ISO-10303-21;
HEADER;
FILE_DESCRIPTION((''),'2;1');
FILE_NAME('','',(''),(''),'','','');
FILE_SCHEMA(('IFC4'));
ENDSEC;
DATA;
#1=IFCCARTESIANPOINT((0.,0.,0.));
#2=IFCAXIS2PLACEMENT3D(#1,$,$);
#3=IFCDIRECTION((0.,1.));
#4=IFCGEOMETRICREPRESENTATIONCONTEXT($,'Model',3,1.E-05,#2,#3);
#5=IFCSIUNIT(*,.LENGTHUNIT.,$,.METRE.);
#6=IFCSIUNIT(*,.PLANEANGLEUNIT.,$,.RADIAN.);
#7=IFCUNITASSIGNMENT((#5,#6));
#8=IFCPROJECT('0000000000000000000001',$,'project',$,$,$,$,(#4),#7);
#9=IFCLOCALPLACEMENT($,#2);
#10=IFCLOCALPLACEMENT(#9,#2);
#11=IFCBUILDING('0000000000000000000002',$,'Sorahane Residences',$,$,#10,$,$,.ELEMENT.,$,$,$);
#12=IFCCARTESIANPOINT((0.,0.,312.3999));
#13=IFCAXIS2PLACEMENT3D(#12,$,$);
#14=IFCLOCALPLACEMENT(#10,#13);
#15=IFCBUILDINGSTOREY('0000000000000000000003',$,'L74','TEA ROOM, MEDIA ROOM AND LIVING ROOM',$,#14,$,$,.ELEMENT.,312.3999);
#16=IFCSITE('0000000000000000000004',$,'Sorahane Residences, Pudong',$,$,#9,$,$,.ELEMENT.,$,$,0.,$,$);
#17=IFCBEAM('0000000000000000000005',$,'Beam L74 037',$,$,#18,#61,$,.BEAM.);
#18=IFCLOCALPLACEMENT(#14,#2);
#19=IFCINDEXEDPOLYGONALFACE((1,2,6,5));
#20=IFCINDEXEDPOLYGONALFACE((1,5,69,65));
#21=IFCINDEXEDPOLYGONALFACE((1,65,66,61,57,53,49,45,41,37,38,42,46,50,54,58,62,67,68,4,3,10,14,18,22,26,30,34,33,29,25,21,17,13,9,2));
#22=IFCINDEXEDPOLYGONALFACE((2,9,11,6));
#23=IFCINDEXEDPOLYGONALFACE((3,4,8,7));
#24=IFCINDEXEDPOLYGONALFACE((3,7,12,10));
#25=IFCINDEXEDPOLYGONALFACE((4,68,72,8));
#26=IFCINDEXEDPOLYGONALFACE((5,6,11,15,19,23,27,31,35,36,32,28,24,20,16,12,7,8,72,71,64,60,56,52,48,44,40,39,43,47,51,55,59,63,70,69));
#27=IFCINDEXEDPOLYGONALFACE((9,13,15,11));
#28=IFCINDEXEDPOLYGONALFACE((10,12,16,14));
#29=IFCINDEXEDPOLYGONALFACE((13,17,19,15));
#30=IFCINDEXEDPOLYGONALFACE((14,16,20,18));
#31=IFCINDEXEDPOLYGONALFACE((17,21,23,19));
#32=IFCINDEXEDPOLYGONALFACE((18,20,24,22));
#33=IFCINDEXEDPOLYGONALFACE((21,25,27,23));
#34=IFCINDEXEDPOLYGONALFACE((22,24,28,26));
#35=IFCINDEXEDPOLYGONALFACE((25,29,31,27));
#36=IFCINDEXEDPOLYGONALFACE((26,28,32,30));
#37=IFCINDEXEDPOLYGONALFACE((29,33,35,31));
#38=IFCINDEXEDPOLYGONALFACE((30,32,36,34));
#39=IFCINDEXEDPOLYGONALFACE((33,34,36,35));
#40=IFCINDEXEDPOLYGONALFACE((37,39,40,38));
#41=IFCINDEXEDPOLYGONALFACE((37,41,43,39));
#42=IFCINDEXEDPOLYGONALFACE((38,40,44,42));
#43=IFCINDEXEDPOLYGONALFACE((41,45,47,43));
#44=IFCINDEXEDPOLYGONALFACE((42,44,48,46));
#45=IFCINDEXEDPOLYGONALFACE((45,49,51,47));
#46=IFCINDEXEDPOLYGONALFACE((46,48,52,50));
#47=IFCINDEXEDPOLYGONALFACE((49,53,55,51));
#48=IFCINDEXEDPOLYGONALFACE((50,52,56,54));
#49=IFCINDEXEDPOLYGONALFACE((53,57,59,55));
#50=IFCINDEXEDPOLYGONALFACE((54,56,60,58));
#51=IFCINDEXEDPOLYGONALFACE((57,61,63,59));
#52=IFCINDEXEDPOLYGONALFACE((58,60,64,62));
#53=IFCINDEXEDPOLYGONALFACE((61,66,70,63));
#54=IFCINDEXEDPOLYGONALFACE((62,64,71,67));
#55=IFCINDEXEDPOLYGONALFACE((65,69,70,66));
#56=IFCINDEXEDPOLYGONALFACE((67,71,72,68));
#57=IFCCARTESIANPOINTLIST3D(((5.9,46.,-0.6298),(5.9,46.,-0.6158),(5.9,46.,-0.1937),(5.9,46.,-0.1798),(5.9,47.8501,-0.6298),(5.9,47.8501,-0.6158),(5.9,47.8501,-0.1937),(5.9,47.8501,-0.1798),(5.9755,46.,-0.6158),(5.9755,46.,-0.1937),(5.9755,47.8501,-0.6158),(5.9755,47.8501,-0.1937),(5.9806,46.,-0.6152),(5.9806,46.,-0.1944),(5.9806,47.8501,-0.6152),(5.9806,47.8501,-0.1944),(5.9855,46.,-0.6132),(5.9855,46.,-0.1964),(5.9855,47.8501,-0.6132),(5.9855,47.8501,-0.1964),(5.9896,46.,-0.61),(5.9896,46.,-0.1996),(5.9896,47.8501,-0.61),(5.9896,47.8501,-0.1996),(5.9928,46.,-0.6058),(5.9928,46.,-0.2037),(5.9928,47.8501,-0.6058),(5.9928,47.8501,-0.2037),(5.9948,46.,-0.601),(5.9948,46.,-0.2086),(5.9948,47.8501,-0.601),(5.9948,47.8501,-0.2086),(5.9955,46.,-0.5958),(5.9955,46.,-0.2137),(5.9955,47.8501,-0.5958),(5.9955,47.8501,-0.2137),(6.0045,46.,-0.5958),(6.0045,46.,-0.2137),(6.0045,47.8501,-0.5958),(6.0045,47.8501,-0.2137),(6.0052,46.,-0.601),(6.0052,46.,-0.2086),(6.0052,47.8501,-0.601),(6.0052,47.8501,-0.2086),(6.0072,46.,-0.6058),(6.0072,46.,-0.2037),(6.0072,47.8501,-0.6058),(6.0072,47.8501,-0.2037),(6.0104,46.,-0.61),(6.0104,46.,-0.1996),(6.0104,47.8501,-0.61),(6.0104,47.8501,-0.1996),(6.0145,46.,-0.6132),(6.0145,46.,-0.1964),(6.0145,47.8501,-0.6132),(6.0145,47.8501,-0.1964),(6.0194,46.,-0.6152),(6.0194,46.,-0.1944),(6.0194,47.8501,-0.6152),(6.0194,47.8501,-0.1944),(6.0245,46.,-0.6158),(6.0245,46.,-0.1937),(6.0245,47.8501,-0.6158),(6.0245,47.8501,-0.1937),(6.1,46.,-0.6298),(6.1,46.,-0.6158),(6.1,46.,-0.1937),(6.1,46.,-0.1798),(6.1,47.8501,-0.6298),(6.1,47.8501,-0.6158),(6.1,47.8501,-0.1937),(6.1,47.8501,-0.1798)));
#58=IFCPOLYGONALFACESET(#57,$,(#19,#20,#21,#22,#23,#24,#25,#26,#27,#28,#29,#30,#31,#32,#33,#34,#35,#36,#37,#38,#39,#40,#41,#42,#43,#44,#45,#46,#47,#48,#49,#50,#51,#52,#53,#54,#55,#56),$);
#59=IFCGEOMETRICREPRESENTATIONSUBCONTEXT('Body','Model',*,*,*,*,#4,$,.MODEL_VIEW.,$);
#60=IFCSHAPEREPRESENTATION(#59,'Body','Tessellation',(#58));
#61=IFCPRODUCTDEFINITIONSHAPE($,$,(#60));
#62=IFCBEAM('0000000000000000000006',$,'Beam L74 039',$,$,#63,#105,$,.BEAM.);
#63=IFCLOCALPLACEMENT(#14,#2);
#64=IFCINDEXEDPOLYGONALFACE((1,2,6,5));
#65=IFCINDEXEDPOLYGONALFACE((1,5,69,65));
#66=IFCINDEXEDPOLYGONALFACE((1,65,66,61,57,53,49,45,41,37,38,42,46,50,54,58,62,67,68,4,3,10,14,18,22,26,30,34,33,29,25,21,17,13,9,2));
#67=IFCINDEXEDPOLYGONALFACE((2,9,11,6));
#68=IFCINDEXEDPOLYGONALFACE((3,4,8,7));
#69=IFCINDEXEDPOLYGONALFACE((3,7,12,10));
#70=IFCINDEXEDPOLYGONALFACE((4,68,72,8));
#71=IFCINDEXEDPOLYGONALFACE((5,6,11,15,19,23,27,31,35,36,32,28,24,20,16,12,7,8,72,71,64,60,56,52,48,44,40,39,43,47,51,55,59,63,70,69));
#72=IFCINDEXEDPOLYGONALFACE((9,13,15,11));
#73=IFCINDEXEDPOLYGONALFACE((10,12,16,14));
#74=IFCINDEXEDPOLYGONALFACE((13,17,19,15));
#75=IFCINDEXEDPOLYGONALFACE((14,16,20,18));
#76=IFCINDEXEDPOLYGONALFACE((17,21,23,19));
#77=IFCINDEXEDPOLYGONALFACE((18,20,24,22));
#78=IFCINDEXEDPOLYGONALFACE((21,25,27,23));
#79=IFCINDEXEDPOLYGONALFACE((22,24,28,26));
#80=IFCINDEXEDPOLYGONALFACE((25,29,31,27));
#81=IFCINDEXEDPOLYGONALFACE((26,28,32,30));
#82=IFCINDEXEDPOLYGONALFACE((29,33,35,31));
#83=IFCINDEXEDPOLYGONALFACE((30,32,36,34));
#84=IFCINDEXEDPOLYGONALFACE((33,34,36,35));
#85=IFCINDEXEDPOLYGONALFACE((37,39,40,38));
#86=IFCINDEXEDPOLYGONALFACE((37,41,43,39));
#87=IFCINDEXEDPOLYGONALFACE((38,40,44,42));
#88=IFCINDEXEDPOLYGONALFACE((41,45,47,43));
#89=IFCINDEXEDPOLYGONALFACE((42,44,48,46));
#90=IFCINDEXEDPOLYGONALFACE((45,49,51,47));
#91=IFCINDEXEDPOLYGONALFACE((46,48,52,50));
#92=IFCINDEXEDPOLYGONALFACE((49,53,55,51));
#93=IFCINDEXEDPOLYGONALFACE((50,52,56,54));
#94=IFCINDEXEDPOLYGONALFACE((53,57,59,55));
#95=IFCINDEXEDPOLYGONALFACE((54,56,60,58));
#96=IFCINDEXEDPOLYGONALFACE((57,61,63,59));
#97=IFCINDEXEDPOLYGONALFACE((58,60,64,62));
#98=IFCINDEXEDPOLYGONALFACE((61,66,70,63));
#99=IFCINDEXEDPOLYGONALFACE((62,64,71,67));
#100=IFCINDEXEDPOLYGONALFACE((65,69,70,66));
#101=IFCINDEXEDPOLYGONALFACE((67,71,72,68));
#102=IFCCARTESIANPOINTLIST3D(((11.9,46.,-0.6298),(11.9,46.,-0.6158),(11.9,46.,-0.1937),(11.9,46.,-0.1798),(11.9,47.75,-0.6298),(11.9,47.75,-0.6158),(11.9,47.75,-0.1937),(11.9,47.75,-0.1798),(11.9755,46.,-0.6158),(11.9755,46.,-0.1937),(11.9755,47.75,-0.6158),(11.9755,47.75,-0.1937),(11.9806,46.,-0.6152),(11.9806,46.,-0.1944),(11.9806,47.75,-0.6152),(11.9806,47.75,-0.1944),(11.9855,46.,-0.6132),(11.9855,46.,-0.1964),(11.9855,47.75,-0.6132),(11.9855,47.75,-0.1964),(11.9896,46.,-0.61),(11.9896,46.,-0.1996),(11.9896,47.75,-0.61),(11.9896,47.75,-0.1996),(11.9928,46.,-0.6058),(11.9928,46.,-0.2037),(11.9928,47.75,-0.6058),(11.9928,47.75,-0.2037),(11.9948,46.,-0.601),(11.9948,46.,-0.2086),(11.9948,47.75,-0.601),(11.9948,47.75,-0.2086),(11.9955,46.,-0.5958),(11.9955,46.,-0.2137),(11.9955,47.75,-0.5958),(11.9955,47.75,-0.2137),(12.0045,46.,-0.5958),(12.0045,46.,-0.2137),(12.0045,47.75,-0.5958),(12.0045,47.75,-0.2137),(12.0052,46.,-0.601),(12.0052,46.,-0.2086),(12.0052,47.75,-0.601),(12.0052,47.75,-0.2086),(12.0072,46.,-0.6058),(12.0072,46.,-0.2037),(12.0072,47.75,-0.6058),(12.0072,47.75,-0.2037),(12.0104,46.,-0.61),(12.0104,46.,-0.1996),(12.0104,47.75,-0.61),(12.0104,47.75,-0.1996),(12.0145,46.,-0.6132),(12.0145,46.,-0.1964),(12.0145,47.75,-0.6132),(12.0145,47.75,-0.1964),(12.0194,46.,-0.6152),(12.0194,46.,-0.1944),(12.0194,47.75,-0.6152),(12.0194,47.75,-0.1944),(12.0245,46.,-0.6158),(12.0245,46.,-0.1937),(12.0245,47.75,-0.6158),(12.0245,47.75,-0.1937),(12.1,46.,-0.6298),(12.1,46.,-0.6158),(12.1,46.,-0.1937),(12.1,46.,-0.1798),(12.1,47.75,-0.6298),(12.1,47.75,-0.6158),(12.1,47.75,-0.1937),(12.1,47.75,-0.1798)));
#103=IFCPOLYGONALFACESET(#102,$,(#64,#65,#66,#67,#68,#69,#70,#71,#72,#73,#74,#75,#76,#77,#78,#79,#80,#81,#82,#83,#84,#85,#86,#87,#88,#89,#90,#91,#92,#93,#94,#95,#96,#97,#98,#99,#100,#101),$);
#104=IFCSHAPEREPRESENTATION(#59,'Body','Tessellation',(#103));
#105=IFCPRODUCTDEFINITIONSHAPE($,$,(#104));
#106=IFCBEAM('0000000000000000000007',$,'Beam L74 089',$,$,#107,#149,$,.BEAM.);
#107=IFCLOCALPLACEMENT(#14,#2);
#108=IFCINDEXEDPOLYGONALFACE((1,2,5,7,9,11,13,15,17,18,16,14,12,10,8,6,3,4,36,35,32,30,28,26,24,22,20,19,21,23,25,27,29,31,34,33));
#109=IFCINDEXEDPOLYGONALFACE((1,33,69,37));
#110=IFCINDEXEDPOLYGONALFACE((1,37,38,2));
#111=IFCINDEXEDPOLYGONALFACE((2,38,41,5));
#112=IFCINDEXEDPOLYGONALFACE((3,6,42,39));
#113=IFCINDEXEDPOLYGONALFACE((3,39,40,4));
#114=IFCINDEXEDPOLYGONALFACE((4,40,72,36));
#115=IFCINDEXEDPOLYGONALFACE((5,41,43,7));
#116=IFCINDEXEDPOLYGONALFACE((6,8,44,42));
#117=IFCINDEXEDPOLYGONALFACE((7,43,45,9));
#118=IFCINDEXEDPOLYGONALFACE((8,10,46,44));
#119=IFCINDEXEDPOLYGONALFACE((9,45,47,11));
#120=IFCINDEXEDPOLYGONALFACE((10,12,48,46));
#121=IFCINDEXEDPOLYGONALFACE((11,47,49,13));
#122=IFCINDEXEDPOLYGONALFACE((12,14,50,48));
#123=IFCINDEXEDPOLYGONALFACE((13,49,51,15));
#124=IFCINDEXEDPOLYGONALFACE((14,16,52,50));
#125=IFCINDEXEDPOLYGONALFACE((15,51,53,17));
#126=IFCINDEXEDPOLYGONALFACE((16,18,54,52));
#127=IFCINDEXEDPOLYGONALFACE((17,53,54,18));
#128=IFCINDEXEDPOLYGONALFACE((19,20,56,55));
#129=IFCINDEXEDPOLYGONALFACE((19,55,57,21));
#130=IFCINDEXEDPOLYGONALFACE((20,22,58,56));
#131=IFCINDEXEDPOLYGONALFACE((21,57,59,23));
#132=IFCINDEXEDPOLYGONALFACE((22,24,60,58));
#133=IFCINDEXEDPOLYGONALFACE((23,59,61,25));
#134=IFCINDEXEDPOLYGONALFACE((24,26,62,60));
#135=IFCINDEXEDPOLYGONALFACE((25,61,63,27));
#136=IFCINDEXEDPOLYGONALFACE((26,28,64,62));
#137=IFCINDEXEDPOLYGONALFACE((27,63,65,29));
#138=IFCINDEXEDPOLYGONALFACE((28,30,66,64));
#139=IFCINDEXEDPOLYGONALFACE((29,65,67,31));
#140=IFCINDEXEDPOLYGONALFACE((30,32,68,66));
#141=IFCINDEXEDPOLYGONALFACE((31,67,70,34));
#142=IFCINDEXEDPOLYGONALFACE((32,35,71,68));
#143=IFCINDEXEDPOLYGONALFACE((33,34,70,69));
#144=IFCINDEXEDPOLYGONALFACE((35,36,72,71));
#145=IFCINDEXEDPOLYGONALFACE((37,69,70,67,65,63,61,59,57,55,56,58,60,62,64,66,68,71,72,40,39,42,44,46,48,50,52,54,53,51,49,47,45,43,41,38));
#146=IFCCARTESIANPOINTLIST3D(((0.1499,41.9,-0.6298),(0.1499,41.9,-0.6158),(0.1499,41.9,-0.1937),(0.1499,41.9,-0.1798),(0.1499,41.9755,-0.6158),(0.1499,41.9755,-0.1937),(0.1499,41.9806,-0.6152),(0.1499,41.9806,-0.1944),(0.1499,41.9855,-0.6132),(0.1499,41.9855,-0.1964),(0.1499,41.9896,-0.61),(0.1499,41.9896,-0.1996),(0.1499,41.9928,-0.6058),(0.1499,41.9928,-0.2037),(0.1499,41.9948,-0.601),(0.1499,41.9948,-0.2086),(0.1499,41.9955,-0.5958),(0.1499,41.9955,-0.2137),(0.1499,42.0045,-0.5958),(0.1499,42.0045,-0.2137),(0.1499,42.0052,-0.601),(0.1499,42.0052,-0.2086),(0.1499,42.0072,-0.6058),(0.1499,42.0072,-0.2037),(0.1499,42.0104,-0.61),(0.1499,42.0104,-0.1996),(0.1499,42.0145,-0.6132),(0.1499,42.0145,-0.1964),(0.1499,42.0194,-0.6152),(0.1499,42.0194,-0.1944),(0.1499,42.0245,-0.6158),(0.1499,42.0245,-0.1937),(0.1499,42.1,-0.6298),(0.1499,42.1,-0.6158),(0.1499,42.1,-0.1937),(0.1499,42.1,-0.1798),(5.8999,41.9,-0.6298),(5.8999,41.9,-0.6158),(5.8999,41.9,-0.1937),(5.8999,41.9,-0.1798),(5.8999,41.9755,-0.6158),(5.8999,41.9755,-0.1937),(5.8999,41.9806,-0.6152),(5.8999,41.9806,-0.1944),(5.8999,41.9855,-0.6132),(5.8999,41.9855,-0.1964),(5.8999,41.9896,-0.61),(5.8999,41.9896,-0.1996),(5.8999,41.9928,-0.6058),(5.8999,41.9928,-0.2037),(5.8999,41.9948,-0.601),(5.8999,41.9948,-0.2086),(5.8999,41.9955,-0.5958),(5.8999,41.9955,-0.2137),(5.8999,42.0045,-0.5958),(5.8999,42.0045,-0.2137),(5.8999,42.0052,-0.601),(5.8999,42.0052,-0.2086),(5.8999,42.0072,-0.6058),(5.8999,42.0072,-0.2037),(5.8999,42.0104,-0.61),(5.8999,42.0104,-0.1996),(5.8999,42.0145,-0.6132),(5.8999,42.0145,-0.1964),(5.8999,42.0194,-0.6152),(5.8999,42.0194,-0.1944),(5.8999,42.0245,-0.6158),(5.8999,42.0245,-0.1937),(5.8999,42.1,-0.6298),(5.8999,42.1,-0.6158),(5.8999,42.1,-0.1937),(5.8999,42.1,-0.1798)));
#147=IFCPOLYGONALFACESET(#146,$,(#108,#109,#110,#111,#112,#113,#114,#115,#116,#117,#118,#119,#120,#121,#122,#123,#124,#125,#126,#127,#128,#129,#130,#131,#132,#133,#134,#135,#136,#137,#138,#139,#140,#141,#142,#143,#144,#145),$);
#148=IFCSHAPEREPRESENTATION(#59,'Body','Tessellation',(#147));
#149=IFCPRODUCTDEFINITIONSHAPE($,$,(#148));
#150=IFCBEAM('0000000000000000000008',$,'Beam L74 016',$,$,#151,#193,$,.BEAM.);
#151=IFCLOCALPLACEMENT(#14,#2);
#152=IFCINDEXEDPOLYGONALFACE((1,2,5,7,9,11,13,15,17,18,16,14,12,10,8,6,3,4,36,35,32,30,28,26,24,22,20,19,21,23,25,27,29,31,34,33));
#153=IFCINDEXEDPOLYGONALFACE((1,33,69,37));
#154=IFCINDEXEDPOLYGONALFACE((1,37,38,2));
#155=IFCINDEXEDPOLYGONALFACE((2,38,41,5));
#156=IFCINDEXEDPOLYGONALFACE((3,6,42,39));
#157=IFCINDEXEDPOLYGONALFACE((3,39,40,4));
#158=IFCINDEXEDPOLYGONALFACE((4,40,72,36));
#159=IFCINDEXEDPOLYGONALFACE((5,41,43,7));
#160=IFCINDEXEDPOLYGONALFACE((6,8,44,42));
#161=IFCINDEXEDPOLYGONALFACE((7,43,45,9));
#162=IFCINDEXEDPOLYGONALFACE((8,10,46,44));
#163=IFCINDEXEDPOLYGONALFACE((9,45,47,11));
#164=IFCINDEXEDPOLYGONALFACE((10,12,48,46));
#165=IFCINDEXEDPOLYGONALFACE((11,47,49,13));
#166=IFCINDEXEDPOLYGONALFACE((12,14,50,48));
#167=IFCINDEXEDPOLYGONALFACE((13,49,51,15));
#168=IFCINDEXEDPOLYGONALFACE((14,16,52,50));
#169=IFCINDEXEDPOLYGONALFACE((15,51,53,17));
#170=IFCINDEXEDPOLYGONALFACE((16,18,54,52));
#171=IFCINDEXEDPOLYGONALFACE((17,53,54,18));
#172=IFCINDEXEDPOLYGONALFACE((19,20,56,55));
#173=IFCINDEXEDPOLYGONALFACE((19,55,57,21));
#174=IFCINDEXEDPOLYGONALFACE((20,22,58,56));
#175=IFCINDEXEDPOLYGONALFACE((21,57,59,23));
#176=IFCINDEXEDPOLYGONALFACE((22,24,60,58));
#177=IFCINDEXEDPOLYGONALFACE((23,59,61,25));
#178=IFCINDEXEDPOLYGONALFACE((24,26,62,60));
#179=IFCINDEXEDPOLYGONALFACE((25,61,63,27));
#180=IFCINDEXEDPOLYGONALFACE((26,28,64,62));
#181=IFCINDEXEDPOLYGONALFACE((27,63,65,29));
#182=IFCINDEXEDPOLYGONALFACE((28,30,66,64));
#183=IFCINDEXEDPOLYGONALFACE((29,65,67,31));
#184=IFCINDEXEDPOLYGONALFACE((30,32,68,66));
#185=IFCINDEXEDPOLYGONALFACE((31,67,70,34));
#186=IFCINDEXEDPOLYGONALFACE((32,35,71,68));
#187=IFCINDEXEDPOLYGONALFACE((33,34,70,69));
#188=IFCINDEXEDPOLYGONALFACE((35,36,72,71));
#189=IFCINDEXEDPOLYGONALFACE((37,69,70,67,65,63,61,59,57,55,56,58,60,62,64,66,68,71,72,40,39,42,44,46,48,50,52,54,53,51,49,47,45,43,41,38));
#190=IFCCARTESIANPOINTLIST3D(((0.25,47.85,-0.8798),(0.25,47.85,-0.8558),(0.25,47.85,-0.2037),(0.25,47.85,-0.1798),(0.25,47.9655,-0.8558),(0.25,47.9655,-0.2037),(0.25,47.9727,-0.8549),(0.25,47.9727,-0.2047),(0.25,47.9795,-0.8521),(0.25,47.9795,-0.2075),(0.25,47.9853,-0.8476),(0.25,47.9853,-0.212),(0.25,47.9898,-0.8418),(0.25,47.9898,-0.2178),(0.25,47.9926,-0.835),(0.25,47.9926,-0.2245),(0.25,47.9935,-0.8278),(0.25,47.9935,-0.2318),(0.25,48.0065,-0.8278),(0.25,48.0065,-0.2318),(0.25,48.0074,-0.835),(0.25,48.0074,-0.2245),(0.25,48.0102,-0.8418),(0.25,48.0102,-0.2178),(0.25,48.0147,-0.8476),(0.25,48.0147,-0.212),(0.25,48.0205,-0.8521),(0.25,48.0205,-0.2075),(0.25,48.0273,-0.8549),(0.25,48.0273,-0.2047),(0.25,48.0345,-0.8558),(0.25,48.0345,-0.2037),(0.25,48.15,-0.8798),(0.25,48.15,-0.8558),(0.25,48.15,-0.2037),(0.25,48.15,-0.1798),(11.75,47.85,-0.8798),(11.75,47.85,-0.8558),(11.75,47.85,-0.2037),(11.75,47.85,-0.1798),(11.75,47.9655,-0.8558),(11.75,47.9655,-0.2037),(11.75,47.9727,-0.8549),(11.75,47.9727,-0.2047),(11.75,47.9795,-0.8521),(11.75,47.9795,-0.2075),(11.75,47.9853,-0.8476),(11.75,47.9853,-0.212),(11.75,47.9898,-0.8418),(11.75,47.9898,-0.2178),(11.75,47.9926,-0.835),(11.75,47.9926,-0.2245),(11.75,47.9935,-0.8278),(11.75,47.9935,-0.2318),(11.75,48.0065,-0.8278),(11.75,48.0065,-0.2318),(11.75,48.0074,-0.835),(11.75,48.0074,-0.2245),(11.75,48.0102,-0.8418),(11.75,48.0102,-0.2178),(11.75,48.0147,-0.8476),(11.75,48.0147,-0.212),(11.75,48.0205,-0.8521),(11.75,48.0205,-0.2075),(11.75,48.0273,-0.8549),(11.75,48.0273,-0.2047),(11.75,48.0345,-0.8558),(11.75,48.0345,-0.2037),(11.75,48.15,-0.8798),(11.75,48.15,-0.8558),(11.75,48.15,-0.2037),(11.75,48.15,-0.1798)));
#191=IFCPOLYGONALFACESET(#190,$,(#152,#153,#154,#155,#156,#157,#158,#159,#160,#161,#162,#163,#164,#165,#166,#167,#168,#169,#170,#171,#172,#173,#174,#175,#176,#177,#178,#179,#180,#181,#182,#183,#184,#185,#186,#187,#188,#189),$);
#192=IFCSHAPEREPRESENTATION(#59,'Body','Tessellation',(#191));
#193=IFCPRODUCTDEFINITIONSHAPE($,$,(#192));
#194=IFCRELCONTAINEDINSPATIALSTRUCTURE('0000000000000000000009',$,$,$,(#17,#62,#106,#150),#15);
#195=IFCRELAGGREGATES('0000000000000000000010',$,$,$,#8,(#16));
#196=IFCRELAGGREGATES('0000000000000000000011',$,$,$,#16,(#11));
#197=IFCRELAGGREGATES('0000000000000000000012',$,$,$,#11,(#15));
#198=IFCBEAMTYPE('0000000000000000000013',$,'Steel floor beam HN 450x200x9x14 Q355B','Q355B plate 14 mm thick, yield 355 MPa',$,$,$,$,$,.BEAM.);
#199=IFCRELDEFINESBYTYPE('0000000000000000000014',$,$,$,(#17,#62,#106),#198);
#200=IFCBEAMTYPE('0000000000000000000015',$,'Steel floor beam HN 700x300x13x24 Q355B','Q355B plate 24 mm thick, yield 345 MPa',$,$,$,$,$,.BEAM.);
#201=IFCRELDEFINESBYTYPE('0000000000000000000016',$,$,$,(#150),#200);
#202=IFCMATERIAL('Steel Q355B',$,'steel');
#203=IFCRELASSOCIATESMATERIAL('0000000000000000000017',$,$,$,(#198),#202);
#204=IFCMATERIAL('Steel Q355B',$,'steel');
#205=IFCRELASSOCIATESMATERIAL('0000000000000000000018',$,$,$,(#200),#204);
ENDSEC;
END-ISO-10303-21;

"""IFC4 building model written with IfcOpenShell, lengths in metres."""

from ifc_helpers import new_model, si_unit, direction, frame, origin, origin_2d, place, context, subcontext, project, spatial, i_section, extrude, material, material_profile, profile_set, type_object, element, save


model = new_model("IFC4")

# Units and contexts
model_context = context("Model", 3, precision=1e-05, world=origin(), true_north=direction((0.0, 1.0)))
body_context = subcontext(model_context, "Body", "Model", "MODEL_VIEW")
ifc_project = project(units=[si_unit("LENGTHUNIT", "METRE"), si_unit("PLANEANGLEUNIT", "RADIAN")], contexts=[model_context])

# Site, building, storey
site_placement = place(None, origin())
site = spatial("IfcSite", under=ifc_project, at=site_placement, Name="Sorahane Residences, Pudong", CompositionType="ELEMENT", RefElevation=0.0)
building_placement = place(site_placement, origin())
building = spatial("IfcBuilding", under=site, at=building_placement, Name="Sorahane Residences", CompositionType="ELEMENT")
storey_placement = place(building_placement, frame((0.0, 0.0, 312.3999)))
storey = spatial("IfcBuildingStorey", under=building, at=storey_placement, Name="L74", Description="TEA ROOM, MEDIA ROOM AND LIVING ROOM", CompositionType="ELEMENT", Elevation=312.3999)

# Beams
ifc_material_1 = material(Name="Steel Q355B", Category="steel")
ifc_material_profile_1 = material_profile(ifc_material_1, i_section(OverallWidth=0.2, OverallDepth=0.45, WebThickness=0.009, FlangeThickness=0.0139, FilletRadius=0.02, at=origin_2d()), Name="HN 450x200x9x14")
ifc_profile_set_1 = profile_set([ifc_material_profile_1], Name="Steel Q355B")
beam_type_1 = type_object("IfcBeamType", Name="Steel floor beam HN 450x200x9x14 Q355B", Description="Q355B plate 14 mm thick, yield 355 MPa", PredefinedType="BEAM", material=ifc_profile_set_1)
beam_1_placement = place(storey_placement, frame((6.0, 46.0, -0.4048), z_axis=(0.0, 1.0, 0.0), x_axis=(-1.0, 0.0, 0.0)))
element("IfcBeam", 1, at=beam_1_placement, inside=storey, type_object=beam_type_1, Name="Beam L74 037", PredefinedType="BEAM", context=body_context, shape_type="SweptSolid", body=[
    extrude(i_section(OverallWidth=0.2, OverallDepth=0.45, WebThickness=0.009, FlangeThickness=0.0139, FilletRadius=0.02, at=origin_2d()), origin(), (0.0, 0.0, 1.0), 1.8501),
])
beam_2_placement = place(storey_placement, frame((12.0, 46.0, -0.4048), z_axis=(0.0, 1.0, 0.0), x_axis=(-1.0, 0.0, 0.0)))
element("IfcBeam", 2, at=beam_2_placement, inside=storey, type_object=beam_type_1, Name="Beam L74 039", PredefinedType="BEAM", context=body_context, shape_type="SweptSolid", body=[
    extrude(i_section(OverallWidth=0.2, OverallDepth=0.45, WebThickness=0.009, FlangeThickness=0.0139, FilletRadius=0.02, at=origin_2d()), origin(), (0.0, 0.0, 1.0), 1.75),
])
beam_3_placement = place(storey_placement, frame((0.1499, 42.0, -0.4048), z_axis=(1.0, 0.0, 0.0), x_axis=(0.0, 1.0, 0.0)))
element("IfcBeam", 3, at=beam_3_placement, inside=storey, type_object=beam_type_1, Name="Beam L74 089", PredefinedType="BEAM", context=body_context, shape_type="SweptSolid", body=[
    extrude(i_section(OverallWidth=0.2, OverallDepth=0.45, WebThickness=0.009, FlangeThickness=0.0139, FilletRadius=0.02, at=origin_2d()), origin(), (0.0, 0.0, 1.0), 5.75),
])
ifc_material_2 = material(Name="Steel Q355B", Category="steel")
ifc_material_profile_2 = material_profile(ifc_material_2, i_section(OverallWidth=0.3, OverallDepth=0.7, WebThickness=0.0129, FlangeThickness=0.0239, FilletRadius=0.0281, at=origin_2d()), Name="HN 700x300x13x24")
ifc_profile_set_2 = profile_set([ifc_material_profile_2], Name="Steel Q355B")
beam_type_2 = type_object("IfcBeamType", Name="Steel floor beam HN 700x300x13x24 Q355B", Description="Q355B plate 24 mm thick, yield 345 MPa", PredefinedType="BEAM", material=ifc_profile_set_2)
for number, where, z_axis, x_axis, name in (
    (4, (0.25, 48.0, -0.5298), (1.0, 0.0, 0.0), (0.0, 1.0, 0.0), "Beam L74 016"),
):
    element("IfcBeam", number, at=place(storey_placement, frame(where, z_axis=z_axis, x_axis=x_axis)), inside=storey, type_object=beam_type_2, Name=name, PredefinedType="BEAM", context=body_context, shape_type="SweptSolid", body=[
        extrude(i_section(OverallWidth=0.3, OverallDepth=0.7, WebThickness=0.0129, FlangeThickness=0.0239, FilletRadius=0.0281, at=origin_2d()), origin(), (0.0, 0.0, 1.0), 11.5),
    ])

save(model, "model.ifc")
